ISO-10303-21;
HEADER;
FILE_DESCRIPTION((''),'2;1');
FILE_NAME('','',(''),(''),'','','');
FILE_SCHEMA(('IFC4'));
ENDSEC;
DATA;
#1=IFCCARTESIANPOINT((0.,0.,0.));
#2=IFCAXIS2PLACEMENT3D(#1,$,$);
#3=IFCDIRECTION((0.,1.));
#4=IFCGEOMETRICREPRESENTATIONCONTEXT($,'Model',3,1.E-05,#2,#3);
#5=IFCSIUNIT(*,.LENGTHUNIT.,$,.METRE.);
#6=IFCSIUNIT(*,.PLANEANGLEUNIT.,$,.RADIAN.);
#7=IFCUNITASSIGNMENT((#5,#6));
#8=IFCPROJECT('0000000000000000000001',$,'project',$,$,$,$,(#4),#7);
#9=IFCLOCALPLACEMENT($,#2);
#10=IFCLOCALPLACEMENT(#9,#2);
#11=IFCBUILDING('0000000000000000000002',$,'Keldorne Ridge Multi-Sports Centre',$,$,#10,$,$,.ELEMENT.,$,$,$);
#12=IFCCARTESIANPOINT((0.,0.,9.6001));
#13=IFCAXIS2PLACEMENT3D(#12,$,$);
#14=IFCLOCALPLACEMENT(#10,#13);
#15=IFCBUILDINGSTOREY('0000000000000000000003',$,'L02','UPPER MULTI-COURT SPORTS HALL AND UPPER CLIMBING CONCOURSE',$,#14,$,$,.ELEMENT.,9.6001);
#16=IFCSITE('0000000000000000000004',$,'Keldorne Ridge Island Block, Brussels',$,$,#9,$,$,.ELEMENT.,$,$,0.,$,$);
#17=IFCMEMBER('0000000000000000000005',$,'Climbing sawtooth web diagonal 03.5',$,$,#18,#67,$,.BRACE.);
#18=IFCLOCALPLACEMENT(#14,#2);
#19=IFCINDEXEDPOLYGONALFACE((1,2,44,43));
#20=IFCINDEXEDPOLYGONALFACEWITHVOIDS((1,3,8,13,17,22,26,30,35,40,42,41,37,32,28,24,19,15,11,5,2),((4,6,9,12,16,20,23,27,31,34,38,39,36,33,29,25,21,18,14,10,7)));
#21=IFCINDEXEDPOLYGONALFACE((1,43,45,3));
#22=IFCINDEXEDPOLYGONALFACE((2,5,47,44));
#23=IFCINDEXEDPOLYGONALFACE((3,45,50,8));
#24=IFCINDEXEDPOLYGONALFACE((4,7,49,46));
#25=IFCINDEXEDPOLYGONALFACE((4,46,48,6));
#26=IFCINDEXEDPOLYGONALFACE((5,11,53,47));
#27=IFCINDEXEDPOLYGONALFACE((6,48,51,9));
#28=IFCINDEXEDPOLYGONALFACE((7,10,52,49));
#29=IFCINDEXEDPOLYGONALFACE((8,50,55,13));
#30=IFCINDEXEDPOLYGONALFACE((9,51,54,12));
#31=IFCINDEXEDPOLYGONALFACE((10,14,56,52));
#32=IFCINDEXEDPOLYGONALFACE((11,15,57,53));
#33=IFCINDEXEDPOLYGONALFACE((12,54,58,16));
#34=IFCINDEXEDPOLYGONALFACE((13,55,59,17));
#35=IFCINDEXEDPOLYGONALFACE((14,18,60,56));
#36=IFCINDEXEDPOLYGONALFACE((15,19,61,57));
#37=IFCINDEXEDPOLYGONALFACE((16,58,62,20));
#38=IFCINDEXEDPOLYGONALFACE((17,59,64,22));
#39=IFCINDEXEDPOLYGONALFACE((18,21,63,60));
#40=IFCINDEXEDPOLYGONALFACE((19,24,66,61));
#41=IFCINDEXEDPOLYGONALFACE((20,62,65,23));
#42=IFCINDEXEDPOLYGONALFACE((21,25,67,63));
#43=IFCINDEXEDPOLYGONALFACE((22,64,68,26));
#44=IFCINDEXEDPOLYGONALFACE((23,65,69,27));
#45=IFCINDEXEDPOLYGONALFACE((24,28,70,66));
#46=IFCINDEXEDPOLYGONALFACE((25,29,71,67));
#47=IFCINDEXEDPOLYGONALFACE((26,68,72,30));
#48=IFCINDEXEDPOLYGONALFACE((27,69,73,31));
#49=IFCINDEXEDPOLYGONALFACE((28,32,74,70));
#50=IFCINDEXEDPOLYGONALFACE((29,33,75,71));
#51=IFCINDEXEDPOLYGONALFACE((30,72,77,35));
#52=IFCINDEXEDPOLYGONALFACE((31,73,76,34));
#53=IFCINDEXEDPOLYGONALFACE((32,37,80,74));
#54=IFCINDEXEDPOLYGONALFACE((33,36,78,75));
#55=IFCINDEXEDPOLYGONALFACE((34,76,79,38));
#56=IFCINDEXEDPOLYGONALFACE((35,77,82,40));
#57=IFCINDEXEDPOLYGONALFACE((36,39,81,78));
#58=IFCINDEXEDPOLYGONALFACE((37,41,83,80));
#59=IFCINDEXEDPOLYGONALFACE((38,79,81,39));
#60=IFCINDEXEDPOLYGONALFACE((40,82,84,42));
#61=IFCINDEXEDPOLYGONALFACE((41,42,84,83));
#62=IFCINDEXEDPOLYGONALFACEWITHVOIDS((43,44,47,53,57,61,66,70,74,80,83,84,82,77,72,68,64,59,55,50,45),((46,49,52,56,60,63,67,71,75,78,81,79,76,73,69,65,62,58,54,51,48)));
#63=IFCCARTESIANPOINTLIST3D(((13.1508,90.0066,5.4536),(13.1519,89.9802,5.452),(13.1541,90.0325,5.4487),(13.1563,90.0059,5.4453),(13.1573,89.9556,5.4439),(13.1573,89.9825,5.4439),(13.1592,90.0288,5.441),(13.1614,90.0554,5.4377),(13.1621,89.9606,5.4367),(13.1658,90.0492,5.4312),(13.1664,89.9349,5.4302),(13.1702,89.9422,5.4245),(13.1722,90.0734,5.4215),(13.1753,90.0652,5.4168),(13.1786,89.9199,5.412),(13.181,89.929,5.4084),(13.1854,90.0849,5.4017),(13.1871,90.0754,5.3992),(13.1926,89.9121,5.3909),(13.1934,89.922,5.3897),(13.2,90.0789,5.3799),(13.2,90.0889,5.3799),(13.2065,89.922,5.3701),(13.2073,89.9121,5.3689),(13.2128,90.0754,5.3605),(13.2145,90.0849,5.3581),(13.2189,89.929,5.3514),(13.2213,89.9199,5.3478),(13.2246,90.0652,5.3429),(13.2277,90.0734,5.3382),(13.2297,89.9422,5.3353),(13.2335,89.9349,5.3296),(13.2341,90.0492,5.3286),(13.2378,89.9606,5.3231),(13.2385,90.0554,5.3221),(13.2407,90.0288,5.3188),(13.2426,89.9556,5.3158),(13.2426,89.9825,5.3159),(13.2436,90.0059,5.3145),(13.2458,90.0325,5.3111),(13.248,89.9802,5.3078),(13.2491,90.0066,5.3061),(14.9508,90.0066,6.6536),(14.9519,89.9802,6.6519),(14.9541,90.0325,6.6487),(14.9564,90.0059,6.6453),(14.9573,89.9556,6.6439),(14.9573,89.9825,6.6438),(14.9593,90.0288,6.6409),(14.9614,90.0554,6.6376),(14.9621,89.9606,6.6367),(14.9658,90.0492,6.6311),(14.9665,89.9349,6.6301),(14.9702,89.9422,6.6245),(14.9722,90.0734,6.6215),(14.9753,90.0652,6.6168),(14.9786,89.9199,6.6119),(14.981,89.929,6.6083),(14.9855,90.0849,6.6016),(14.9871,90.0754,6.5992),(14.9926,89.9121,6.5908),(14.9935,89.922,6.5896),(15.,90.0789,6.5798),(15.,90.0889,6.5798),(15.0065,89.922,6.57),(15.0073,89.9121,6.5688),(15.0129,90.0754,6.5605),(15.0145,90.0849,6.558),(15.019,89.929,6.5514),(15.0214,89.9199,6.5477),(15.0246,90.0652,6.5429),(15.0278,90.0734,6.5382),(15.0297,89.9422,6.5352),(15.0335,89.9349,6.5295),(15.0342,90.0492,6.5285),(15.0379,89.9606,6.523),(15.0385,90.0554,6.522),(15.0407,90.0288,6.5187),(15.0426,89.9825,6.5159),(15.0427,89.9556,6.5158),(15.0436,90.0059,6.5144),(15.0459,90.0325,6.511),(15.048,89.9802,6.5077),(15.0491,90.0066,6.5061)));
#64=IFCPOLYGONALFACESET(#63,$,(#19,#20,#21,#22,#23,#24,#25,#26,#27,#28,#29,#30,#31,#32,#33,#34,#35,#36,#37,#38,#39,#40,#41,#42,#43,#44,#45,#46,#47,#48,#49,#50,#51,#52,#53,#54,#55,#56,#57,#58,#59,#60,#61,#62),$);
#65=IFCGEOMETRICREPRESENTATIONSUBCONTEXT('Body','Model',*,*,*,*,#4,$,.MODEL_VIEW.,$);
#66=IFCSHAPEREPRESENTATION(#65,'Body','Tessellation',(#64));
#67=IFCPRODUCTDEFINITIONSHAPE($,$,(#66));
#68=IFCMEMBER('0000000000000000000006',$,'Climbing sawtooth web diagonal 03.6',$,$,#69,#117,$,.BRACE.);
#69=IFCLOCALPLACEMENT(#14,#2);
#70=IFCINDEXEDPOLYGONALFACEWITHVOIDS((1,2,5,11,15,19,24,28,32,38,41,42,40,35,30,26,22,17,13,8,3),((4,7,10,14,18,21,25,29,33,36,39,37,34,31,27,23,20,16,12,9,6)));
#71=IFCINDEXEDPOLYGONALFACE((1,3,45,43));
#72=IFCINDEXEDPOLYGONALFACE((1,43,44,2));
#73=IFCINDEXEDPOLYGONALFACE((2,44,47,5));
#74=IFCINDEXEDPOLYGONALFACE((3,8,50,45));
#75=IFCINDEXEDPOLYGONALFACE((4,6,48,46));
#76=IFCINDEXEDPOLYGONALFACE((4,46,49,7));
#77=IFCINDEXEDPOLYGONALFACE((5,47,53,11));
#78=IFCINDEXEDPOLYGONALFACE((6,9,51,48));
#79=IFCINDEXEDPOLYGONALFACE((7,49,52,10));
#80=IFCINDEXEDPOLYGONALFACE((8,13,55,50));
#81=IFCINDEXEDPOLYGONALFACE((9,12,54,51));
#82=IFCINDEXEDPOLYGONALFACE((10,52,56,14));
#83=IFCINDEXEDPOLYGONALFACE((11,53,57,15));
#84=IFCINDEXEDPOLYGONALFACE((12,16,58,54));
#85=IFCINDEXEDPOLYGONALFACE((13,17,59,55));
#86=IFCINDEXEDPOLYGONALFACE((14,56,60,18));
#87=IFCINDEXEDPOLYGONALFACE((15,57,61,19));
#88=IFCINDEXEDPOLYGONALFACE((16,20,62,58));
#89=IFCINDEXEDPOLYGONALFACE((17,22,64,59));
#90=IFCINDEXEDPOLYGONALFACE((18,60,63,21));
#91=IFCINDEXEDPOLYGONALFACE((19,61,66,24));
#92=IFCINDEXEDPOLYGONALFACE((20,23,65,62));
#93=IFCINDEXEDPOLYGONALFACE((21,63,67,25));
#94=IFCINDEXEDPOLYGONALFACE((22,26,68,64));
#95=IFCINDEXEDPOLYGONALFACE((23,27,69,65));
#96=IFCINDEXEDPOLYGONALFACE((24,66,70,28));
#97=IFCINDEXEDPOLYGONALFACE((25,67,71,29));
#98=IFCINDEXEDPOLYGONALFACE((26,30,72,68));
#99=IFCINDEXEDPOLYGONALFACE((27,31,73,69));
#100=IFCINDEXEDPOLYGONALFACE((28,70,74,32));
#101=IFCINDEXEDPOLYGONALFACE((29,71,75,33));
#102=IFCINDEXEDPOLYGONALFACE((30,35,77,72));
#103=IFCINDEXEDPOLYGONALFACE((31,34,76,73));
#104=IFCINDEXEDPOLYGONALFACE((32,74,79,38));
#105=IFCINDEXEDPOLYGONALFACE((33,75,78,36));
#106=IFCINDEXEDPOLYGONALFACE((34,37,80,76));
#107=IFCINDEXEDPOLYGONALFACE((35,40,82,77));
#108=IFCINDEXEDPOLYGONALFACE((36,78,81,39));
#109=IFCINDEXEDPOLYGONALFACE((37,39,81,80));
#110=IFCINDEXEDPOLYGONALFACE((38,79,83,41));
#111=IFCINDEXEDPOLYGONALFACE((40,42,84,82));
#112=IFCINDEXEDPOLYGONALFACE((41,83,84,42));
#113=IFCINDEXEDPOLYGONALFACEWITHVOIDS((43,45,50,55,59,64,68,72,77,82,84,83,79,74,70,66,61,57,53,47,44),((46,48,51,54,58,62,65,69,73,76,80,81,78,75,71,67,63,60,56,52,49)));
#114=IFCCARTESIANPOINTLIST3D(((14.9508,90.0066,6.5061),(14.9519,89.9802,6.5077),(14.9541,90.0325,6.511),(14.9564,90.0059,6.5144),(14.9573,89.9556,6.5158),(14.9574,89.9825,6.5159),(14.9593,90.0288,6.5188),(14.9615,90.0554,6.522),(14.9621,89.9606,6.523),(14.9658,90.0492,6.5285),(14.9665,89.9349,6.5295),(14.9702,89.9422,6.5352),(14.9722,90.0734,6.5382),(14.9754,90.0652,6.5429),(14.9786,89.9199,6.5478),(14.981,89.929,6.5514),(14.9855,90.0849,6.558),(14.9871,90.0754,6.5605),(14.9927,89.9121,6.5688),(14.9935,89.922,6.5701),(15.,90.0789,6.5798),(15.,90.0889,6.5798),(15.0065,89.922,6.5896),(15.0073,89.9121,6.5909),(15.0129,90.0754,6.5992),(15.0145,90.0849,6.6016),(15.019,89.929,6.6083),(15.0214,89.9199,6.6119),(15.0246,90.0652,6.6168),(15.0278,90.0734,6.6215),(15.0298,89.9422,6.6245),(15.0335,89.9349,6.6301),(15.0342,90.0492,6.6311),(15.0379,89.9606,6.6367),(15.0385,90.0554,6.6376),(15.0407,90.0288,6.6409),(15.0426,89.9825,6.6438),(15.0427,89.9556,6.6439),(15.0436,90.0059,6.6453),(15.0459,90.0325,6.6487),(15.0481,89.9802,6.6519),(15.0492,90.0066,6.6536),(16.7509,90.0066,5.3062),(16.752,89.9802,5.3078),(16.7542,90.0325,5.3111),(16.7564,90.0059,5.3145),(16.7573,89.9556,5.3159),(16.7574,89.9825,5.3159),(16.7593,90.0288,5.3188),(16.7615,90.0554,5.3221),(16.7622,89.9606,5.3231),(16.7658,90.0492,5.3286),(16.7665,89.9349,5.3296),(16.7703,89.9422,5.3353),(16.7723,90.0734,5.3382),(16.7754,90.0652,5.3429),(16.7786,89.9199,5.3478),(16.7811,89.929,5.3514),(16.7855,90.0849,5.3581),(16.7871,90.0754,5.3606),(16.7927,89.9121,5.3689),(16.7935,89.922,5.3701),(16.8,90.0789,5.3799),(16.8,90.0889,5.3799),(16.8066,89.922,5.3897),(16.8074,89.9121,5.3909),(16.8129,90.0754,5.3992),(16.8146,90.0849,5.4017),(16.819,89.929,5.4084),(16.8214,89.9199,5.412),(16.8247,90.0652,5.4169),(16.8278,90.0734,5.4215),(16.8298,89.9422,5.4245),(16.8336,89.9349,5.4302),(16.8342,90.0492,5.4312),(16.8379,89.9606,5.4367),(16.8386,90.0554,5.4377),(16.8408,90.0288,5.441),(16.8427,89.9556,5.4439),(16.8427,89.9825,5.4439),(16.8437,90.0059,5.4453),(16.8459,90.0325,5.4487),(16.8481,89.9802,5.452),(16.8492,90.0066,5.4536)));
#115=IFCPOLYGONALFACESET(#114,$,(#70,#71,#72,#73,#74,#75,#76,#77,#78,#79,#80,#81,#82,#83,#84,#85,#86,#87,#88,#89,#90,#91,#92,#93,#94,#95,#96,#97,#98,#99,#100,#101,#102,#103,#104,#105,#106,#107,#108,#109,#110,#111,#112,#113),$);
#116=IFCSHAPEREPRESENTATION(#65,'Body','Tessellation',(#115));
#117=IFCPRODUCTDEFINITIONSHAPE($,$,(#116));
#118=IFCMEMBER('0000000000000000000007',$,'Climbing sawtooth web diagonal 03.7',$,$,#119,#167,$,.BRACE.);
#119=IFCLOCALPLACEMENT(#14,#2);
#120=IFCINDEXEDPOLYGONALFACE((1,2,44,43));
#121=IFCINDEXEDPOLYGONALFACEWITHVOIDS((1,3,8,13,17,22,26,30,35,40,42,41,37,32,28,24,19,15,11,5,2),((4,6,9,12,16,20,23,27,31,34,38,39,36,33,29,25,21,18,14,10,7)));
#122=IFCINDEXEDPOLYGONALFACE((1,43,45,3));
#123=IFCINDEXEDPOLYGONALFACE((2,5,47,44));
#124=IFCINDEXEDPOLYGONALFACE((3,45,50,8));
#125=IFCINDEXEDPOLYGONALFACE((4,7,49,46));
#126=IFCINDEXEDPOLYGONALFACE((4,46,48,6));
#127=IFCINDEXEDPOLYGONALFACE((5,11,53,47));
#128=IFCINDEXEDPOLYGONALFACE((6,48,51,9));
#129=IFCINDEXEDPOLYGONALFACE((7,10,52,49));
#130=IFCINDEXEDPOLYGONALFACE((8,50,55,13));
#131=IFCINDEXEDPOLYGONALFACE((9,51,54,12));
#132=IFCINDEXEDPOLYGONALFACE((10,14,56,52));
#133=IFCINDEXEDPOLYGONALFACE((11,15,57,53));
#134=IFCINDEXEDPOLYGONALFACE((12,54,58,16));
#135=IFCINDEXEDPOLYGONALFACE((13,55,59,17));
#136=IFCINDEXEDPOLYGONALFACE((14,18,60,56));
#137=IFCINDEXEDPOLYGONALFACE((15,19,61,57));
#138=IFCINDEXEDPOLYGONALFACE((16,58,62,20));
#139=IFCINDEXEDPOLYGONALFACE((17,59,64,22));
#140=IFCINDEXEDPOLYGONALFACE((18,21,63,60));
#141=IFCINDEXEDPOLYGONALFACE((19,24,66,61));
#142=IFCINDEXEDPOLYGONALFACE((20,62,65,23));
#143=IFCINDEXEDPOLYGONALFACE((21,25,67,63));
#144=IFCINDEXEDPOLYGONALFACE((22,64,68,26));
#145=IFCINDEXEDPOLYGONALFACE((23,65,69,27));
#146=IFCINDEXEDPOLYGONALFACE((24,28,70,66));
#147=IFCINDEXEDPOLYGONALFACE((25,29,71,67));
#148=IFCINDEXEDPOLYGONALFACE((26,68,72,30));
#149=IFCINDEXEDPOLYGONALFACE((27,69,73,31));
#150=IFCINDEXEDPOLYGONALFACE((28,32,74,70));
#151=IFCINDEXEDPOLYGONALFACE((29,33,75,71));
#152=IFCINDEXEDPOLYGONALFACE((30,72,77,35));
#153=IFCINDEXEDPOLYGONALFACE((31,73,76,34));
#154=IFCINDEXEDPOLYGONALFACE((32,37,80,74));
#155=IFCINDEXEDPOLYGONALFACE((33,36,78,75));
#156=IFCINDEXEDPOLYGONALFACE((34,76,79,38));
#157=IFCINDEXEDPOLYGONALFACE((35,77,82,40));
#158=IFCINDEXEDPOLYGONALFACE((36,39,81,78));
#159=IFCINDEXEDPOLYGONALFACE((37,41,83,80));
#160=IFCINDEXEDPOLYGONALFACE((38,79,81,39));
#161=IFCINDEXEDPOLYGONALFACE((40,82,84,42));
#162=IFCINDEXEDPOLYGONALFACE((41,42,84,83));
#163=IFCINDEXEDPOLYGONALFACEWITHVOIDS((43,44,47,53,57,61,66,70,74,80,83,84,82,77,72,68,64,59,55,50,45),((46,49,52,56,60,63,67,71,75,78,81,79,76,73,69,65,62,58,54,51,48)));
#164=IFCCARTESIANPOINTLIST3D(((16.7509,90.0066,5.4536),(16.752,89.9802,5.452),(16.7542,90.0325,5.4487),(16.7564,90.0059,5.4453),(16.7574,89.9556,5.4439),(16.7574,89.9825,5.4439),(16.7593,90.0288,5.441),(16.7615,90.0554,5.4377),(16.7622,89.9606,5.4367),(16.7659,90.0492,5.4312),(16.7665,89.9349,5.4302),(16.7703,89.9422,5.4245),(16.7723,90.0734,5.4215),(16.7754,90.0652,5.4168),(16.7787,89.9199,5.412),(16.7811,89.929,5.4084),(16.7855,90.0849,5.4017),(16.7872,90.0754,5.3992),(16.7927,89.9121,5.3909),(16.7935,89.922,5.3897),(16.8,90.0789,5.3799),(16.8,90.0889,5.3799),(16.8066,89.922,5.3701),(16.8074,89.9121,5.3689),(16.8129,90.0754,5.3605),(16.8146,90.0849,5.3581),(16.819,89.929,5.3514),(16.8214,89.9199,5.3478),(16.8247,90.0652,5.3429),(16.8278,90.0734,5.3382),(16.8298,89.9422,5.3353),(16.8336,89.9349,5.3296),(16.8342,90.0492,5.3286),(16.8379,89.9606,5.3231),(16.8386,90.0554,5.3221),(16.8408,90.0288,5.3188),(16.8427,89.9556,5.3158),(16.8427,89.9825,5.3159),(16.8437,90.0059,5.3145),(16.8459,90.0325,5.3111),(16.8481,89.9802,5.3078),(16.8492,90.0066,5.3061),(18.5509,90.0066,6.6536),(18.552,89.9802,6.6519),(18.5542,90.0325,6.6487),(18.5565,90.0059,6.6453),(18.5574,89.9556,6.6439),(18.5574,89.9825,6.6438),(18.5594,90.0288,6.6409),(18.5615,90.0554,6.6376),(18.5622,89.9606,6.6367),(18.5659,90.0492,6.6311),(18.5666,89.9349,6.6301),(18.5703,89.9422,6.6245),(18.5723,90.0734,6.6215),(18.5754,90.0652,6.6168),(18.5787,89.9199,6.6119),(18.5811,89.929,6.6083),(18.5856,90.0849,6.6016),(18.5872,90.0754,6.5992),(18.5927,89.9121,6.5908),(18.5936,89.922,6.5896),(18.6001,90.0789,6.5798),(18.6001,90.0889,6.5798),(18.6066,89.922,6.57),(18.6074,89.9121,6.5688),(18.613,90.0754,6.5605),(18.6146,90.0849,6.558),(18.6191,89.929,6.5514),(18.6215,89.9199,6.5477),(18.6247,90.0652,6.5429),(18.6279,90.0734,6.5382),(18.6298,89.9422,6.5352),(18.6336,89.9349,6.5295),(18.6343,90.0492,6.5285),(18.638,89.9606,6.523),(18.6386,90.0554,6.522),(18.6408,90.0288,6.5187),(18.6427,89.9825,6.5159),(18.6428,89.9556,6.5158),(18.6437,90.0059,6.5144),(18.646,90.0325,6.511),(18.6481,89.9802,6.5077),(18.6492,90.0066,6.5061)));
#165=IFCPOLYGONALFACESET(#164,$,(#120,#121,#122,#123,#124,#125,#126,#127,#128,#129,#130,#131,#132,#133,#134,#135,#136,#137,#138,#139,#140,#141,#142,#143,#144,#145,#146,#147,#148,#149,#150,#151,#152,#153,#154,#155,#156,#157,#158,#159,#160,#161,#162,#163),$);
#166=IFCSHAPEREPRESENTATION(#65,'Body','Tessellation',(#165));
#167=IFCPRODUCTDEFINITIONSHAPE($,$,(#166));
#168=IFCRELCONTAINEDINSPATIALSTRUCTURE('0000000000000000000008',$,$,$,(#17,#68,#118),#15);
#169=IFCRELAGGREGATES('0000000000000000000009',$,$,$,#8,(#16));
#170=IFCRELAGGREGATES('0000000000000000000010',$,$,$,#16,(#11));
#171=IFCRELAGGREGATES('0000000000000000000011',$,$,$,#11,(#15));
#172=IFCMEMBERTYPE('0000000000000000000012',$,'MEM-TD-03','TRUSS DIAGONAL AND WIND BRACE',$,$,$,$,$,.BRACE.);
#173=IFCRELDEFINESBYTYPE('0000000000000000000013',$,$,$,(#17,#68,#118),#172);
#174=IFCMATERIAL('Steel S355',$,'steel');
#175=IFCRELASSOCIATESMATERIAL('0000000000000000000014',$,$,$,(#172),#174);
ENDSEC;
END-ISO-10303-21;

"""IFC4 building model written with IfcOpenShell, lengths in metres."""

from ifc_helpers import new_model, si_unit, direction, frame, origin, origin_2d, place, context, subcontext, project, spatial, hollow_circle, extrude, material, material_profile, profile_set, type_object, element, save


model = new_model("IFC4")

# Units and contexts
model_context = context("Model", 3, precision=1e-05, world=origin(), true_north=direction((0.0, 1.0)))
body_context = subcontext(model_context, "Body", "Model", "MODEL_VIEW")
ifc_project = project(units=[si_unit("LENGTHUNIT", "METRE"), si_unit("PLANEANGLEUNIT", "RADIAN")], contexts=[model_context])

# Site, building, storey
site_placement = place(None, origin())
site = spatial("IfcSite", under=ifc_project, at=site_placement, Name="Keldorne Ridge Island Block, Brussels", CompositionType="ELEMENT", RefElevation=0.0)
building_placement = place(site_placement, origin())
building = spatial("IfcBuilding", under=site, at=building_placement, Name="Keldorne Ridge Multi-Sports Centre", CompositionType="ELEMENT")
storey_placement = place(building_placement, frame((0.0, 0.0, 9.6001)))
storey = spatial("IfcBuildingStorey", under=building, at=storey_placement, Name="L02", Description="UPPER MULTI-COURT SPORTS HALL AND UPPER CLIMBING CONCOURSE", CompositionType="ELEMENT", Elevation=9.6001)

# Members
ifc_material = material(Name="Steel S355", Category="steel")
ifc_material_profile_1 = material_profile(ifc_material, hollow_circle(Radius=0.0889, WallThickness=0.01, at=origin_2d()), Name="CHS 177.8x10")
ifc_profile_set_1 = profile_set([ifc_material_profile_1], Name="Steel S355")
member_type_1 = type_object("IfcMemberType", Name="MEM-TD-03", Description="TRUSS DIAGONAL AND WIND BRACE", PredefinedType="BRACE", material=ifc_profile_set_1)
for number, where, z_axis, x_axis, name in (
    (1, (13.2, 90.0, 5.3799), (0.832068, 0.0, 0.554674), (0.0, 1.0, 0.0), "Climbing sawtooth web diagonal 03.5"),
    (2, (15.0, 90.0, 6.5798), (0.832068, 0.0, -0.554674), (0.0, 1.0, 0.0), "Climbing sawtooth web diagonal 03.6"),
    (3, (16.8, 90.0, 5.3799), (0.832068, 0.0, 0.554674), (0.0, 1.0, 0.0), "Climbing sawtooth web diagonal 03.7"),
):
    element("IfcMember", number, at=place(storey_placement, frame(where, z_axis=z_axis, x_axis=x_axis)), inside=storey, type_object=member_type_1, Name=name, PredefinedType="BRACE", context=body_context, shape_type="SweptSolid", body=[
        extrude(hollow_circle(Radius=0.0889, WallThickness=0.01, at=origin_2d()), origin(), (0.0, 0.0, 1.0), 2.1633),
    ])

save(model, "model.ifc")
